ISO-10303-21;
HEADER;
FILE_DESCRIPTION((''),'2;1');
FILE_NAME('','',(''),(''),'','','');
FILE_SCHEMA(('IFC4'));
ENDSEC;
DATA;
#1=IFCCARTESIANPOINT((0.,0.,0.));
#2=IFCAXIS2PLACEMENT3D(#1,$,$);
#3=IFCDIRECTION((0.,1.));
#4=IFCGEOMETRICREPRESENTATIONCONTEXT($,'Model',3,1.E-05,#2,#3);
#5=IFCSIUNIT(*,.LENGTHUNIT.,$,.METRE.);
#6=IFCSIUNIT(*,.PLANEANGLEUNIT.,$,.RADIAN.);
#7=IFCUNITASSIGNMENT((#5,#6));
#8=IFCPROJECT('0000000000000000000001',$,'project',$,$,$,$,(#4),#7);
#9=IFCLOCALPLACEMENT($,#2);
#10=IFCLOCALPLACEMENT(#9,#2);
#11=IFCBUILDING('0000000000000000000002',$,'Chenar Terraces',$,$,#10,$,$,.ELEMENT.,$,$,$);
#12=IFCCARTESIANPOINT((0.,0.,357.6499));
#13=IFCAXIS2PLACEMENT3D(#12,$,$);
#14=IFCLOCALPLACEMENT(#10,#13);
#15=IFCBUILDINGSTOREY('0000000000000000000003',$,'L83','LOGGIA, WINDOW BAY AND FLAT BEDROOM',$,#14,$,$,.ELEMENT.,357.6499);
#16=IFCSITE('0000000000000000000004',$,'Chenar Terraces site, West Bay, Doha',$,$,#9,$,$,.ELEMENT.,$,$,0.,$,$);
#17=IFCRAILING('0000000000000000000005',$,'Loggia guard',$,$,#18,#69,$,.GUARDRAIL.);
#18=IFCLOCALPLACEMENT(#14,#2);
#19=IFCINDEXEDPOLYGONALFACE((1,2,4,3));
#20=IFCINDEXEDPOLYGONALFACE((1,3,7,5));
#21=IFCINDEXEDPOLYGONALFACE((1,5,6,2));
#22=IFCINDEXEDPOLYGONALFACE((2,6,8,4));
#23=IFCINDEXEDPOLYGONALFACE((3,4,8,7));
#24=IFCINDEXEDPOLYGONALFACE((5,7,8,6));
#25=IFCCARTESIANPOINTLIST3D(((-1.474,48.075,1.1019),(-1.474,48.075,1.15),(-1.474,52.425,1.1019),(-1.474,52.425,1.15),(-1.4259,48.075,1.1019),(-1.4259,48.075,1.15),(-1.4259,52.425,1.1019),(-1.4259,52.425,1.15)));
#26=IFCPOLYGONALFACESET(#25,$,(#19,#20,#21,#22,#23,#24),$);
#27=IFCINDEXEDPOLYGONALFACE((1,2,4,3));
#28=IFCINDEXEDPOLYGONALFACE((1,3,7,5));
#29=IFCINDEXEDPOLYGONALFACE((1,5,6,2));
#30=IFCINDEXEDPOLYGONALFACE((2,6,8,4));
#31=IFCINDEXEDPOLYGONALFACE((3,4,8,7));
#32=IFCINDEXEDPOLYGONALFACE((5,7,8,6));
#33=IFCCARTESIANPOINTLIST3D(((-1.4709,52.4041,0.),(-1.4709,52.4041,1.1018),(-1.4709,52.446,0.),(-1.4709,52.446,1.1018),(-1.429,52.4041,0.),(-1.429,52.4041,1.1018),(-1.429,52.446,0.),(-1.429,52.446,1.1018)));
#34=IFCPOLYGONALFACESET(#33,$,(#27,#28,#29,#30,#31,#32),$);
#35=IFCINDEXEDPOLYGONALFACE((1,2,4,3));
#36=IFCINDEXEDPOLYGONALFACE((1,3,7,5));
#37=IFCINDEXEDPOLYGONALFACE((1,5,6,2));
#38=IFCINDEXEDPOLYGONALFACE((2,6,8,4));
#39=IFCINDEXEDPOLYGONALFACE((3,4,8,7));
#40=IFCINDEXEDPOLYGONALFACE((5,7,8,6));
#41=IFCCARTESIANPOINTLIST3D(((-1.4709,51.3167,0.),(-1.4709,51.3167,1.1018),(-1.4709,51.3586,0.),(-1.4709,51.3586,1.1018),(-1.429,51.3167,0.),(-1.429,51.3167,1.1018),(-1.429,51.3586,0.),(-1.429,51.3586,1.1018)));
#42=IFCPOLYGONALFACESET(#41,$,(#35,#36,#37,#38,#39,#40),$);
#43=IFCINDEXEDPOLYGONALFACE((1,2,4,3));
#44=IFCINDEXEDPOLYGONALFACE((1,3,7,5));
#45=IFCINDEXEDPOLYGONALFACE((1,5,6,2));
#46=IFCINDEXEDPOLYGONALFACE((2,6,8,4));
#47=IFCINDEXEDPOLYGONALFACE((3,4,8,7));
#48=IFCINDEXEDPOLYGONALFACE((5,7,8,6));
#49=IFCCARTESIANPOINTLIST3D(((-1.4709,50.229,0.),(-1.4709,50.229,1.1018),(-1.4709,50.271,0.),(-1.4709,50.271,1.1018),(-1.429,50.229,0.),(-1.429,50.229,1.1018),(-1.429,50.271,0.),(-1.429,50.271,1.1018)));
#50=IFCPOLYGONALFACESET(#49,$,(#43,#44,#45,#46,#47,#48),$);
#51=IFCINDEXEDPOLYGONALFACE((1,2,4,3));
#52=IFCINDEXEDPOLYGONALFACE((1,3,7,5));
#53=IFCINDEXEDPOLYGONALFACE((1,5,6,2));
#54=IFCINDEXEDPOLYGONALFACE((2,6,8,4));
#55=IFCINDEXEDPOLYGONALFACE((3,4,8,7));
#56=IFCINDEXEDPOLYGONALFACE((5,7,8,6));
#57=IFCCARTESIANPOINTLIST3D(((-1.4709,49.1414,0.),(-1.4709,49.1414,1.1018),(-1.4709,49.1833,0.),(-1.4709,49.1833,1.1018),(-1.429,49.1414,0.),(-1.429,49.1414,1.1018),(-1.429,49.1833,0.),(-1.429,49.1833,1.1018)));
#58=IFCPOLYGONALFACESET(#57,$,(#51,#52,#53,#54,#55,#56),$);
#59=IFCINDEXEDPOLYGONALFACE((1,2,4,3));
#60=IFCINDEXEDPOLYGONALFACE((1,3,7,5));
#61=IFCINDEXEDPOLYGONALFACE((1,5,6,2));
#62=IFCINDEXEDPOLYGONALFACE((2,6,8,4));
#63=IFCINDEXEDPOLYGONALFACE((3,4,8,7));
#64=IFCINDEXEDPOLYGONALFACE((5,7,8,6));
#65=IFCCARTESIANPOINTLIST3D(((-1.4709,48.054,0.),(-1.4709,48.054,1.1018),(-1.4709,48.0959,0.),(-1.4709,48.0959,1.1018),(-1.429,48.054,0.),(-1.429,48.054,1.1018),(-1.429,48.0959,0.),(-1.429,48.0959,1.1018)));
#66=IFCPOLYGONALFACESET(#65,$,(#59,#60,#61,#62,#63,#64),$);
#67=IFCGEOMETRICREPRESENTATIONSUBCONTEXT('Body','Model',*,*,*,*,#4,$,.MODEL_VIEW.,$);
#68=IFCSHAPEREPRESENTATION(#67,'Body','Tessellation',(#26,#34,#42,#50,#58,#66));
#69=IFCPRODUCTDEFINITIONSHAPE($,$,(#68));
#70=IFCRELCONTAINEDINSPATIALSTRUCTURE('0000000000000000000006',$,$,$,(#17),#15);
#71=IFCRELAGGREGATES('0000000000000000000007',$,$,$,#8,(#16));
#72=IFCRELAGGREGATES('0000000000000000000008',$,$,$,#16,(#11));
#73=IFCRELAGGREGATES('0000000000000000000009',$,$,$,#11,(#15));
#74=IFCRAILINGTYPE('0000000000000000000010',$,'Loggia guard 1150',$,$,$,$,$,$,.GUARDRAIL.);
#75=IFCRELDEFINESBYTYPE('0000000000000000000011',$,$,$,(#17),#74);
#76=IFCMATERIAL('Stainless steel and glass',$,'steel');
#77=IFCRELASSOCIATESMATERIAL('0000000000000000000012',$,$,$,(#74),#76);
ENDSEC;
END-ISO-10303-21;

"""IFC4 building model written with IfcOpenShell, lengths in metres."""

from ifc_helpers import new_model, si_unit, direction, frame, origin, origin_2d, place, context, subcontext, project, spatial, rectangle, extrude, material, type_object, element, save


model = new_model("IFC4")

# Units and contexts
model_context = context("Model", 3, precision=1e-05, world=origin(), true_north=direction((0.0, 1.0)))
body_context = subcontext(model_context, "Body", "Model", "MODEL_VIEW")
ifc_project = project(units=[si_unit("LENGTHUNIT", "METRE"), si_unit("PLANEANGLEUNIT", "RADIAN")], contexts=[model_context])

# Site, building, storey
site_placement = place(None, origin())
site = spatial("IfcSite", under=ifc_project, at=site_placement, Name="Chenar Terraces site, West Bay, Doha", CompositionType="ELEMENT", RefElevation=0.0)
building_placement = place(site_placement, origin())
building = spatial("IfcBuilding", under=site, at=building_placement, Name="Chenar Terraces", CompositionType="ELEMENT")
storey_placement = place(building_placement, frame((0.0, 0.0, 357.6499)))
storey = spatial("IfcBuildingStorey", under=building, at=storey_placement, Name="L83", Description="LOGGIA, WINDOW BAY AND FLAT BEDROOM", CompositionType="ELEMENT", Elevation=357.6499)

# Railing
ifc_material_1 = material(Name="Stainless steel and glass", Category="steel")
railing_type = type_object("IfcRailingType", Name="Loggia guard 1150", PredefinedType="GUARDRAIL", material=ifc_material_1)
railing_placement = place(storey_placement, frame((-1.45, 52.425, 0.0)))
element("IfcRailing", 1, at=railing_placement, inside=storey, type_object=railing_type, Name="Loggia guard", PredefinedType="GUARDRAIL", context=body_context, shape_type="SweptSolid", body=[
    extrude(rectangle(XDim=0.0481, YDim=0.0481, at=origin_2d()), frame((0.0, 0.0, 1.126), z_axis=(0.0, -1.0, 0.0), x_axis=(1.0, 0.0, 0.0)), (0.0, 0.0, 1.0), 4.3501),
    extrude(rectangle(XDim=0.042, YDim=0.042, at=origin_2d()), origin(), (0.0, 0.0, 1.0), 1.1018),
    extrude(rectangle(XDim=0.042, YDim=0.042, at=origin_2d()), frame((0.0, -1.0874, 0.0)), (0.0, 0.0, 1.0), 1.1018),
    extrude(rectangle(XDim=0.042, YDim=0.042, at=origin_2d()), frame((0.0, -2.175, 0.0)), (0.0, 0.0, 1.0), 1.1018),
    extrude(rectangle(XDim=0.042, YDim=0.042, at=origin_2d()), frame((0.0, -3.2627, 0.0)), (0.0, 0.0, 1.0), 1.1018),
    extrude(rectangle(XDim=0.042, YDim=0.042, at=origin_2d()), frame((0.0, -4.3501, 0.0)), (0.0, 0.0, 1.0), 1.1018),
])

save(model, "model.ifc")
